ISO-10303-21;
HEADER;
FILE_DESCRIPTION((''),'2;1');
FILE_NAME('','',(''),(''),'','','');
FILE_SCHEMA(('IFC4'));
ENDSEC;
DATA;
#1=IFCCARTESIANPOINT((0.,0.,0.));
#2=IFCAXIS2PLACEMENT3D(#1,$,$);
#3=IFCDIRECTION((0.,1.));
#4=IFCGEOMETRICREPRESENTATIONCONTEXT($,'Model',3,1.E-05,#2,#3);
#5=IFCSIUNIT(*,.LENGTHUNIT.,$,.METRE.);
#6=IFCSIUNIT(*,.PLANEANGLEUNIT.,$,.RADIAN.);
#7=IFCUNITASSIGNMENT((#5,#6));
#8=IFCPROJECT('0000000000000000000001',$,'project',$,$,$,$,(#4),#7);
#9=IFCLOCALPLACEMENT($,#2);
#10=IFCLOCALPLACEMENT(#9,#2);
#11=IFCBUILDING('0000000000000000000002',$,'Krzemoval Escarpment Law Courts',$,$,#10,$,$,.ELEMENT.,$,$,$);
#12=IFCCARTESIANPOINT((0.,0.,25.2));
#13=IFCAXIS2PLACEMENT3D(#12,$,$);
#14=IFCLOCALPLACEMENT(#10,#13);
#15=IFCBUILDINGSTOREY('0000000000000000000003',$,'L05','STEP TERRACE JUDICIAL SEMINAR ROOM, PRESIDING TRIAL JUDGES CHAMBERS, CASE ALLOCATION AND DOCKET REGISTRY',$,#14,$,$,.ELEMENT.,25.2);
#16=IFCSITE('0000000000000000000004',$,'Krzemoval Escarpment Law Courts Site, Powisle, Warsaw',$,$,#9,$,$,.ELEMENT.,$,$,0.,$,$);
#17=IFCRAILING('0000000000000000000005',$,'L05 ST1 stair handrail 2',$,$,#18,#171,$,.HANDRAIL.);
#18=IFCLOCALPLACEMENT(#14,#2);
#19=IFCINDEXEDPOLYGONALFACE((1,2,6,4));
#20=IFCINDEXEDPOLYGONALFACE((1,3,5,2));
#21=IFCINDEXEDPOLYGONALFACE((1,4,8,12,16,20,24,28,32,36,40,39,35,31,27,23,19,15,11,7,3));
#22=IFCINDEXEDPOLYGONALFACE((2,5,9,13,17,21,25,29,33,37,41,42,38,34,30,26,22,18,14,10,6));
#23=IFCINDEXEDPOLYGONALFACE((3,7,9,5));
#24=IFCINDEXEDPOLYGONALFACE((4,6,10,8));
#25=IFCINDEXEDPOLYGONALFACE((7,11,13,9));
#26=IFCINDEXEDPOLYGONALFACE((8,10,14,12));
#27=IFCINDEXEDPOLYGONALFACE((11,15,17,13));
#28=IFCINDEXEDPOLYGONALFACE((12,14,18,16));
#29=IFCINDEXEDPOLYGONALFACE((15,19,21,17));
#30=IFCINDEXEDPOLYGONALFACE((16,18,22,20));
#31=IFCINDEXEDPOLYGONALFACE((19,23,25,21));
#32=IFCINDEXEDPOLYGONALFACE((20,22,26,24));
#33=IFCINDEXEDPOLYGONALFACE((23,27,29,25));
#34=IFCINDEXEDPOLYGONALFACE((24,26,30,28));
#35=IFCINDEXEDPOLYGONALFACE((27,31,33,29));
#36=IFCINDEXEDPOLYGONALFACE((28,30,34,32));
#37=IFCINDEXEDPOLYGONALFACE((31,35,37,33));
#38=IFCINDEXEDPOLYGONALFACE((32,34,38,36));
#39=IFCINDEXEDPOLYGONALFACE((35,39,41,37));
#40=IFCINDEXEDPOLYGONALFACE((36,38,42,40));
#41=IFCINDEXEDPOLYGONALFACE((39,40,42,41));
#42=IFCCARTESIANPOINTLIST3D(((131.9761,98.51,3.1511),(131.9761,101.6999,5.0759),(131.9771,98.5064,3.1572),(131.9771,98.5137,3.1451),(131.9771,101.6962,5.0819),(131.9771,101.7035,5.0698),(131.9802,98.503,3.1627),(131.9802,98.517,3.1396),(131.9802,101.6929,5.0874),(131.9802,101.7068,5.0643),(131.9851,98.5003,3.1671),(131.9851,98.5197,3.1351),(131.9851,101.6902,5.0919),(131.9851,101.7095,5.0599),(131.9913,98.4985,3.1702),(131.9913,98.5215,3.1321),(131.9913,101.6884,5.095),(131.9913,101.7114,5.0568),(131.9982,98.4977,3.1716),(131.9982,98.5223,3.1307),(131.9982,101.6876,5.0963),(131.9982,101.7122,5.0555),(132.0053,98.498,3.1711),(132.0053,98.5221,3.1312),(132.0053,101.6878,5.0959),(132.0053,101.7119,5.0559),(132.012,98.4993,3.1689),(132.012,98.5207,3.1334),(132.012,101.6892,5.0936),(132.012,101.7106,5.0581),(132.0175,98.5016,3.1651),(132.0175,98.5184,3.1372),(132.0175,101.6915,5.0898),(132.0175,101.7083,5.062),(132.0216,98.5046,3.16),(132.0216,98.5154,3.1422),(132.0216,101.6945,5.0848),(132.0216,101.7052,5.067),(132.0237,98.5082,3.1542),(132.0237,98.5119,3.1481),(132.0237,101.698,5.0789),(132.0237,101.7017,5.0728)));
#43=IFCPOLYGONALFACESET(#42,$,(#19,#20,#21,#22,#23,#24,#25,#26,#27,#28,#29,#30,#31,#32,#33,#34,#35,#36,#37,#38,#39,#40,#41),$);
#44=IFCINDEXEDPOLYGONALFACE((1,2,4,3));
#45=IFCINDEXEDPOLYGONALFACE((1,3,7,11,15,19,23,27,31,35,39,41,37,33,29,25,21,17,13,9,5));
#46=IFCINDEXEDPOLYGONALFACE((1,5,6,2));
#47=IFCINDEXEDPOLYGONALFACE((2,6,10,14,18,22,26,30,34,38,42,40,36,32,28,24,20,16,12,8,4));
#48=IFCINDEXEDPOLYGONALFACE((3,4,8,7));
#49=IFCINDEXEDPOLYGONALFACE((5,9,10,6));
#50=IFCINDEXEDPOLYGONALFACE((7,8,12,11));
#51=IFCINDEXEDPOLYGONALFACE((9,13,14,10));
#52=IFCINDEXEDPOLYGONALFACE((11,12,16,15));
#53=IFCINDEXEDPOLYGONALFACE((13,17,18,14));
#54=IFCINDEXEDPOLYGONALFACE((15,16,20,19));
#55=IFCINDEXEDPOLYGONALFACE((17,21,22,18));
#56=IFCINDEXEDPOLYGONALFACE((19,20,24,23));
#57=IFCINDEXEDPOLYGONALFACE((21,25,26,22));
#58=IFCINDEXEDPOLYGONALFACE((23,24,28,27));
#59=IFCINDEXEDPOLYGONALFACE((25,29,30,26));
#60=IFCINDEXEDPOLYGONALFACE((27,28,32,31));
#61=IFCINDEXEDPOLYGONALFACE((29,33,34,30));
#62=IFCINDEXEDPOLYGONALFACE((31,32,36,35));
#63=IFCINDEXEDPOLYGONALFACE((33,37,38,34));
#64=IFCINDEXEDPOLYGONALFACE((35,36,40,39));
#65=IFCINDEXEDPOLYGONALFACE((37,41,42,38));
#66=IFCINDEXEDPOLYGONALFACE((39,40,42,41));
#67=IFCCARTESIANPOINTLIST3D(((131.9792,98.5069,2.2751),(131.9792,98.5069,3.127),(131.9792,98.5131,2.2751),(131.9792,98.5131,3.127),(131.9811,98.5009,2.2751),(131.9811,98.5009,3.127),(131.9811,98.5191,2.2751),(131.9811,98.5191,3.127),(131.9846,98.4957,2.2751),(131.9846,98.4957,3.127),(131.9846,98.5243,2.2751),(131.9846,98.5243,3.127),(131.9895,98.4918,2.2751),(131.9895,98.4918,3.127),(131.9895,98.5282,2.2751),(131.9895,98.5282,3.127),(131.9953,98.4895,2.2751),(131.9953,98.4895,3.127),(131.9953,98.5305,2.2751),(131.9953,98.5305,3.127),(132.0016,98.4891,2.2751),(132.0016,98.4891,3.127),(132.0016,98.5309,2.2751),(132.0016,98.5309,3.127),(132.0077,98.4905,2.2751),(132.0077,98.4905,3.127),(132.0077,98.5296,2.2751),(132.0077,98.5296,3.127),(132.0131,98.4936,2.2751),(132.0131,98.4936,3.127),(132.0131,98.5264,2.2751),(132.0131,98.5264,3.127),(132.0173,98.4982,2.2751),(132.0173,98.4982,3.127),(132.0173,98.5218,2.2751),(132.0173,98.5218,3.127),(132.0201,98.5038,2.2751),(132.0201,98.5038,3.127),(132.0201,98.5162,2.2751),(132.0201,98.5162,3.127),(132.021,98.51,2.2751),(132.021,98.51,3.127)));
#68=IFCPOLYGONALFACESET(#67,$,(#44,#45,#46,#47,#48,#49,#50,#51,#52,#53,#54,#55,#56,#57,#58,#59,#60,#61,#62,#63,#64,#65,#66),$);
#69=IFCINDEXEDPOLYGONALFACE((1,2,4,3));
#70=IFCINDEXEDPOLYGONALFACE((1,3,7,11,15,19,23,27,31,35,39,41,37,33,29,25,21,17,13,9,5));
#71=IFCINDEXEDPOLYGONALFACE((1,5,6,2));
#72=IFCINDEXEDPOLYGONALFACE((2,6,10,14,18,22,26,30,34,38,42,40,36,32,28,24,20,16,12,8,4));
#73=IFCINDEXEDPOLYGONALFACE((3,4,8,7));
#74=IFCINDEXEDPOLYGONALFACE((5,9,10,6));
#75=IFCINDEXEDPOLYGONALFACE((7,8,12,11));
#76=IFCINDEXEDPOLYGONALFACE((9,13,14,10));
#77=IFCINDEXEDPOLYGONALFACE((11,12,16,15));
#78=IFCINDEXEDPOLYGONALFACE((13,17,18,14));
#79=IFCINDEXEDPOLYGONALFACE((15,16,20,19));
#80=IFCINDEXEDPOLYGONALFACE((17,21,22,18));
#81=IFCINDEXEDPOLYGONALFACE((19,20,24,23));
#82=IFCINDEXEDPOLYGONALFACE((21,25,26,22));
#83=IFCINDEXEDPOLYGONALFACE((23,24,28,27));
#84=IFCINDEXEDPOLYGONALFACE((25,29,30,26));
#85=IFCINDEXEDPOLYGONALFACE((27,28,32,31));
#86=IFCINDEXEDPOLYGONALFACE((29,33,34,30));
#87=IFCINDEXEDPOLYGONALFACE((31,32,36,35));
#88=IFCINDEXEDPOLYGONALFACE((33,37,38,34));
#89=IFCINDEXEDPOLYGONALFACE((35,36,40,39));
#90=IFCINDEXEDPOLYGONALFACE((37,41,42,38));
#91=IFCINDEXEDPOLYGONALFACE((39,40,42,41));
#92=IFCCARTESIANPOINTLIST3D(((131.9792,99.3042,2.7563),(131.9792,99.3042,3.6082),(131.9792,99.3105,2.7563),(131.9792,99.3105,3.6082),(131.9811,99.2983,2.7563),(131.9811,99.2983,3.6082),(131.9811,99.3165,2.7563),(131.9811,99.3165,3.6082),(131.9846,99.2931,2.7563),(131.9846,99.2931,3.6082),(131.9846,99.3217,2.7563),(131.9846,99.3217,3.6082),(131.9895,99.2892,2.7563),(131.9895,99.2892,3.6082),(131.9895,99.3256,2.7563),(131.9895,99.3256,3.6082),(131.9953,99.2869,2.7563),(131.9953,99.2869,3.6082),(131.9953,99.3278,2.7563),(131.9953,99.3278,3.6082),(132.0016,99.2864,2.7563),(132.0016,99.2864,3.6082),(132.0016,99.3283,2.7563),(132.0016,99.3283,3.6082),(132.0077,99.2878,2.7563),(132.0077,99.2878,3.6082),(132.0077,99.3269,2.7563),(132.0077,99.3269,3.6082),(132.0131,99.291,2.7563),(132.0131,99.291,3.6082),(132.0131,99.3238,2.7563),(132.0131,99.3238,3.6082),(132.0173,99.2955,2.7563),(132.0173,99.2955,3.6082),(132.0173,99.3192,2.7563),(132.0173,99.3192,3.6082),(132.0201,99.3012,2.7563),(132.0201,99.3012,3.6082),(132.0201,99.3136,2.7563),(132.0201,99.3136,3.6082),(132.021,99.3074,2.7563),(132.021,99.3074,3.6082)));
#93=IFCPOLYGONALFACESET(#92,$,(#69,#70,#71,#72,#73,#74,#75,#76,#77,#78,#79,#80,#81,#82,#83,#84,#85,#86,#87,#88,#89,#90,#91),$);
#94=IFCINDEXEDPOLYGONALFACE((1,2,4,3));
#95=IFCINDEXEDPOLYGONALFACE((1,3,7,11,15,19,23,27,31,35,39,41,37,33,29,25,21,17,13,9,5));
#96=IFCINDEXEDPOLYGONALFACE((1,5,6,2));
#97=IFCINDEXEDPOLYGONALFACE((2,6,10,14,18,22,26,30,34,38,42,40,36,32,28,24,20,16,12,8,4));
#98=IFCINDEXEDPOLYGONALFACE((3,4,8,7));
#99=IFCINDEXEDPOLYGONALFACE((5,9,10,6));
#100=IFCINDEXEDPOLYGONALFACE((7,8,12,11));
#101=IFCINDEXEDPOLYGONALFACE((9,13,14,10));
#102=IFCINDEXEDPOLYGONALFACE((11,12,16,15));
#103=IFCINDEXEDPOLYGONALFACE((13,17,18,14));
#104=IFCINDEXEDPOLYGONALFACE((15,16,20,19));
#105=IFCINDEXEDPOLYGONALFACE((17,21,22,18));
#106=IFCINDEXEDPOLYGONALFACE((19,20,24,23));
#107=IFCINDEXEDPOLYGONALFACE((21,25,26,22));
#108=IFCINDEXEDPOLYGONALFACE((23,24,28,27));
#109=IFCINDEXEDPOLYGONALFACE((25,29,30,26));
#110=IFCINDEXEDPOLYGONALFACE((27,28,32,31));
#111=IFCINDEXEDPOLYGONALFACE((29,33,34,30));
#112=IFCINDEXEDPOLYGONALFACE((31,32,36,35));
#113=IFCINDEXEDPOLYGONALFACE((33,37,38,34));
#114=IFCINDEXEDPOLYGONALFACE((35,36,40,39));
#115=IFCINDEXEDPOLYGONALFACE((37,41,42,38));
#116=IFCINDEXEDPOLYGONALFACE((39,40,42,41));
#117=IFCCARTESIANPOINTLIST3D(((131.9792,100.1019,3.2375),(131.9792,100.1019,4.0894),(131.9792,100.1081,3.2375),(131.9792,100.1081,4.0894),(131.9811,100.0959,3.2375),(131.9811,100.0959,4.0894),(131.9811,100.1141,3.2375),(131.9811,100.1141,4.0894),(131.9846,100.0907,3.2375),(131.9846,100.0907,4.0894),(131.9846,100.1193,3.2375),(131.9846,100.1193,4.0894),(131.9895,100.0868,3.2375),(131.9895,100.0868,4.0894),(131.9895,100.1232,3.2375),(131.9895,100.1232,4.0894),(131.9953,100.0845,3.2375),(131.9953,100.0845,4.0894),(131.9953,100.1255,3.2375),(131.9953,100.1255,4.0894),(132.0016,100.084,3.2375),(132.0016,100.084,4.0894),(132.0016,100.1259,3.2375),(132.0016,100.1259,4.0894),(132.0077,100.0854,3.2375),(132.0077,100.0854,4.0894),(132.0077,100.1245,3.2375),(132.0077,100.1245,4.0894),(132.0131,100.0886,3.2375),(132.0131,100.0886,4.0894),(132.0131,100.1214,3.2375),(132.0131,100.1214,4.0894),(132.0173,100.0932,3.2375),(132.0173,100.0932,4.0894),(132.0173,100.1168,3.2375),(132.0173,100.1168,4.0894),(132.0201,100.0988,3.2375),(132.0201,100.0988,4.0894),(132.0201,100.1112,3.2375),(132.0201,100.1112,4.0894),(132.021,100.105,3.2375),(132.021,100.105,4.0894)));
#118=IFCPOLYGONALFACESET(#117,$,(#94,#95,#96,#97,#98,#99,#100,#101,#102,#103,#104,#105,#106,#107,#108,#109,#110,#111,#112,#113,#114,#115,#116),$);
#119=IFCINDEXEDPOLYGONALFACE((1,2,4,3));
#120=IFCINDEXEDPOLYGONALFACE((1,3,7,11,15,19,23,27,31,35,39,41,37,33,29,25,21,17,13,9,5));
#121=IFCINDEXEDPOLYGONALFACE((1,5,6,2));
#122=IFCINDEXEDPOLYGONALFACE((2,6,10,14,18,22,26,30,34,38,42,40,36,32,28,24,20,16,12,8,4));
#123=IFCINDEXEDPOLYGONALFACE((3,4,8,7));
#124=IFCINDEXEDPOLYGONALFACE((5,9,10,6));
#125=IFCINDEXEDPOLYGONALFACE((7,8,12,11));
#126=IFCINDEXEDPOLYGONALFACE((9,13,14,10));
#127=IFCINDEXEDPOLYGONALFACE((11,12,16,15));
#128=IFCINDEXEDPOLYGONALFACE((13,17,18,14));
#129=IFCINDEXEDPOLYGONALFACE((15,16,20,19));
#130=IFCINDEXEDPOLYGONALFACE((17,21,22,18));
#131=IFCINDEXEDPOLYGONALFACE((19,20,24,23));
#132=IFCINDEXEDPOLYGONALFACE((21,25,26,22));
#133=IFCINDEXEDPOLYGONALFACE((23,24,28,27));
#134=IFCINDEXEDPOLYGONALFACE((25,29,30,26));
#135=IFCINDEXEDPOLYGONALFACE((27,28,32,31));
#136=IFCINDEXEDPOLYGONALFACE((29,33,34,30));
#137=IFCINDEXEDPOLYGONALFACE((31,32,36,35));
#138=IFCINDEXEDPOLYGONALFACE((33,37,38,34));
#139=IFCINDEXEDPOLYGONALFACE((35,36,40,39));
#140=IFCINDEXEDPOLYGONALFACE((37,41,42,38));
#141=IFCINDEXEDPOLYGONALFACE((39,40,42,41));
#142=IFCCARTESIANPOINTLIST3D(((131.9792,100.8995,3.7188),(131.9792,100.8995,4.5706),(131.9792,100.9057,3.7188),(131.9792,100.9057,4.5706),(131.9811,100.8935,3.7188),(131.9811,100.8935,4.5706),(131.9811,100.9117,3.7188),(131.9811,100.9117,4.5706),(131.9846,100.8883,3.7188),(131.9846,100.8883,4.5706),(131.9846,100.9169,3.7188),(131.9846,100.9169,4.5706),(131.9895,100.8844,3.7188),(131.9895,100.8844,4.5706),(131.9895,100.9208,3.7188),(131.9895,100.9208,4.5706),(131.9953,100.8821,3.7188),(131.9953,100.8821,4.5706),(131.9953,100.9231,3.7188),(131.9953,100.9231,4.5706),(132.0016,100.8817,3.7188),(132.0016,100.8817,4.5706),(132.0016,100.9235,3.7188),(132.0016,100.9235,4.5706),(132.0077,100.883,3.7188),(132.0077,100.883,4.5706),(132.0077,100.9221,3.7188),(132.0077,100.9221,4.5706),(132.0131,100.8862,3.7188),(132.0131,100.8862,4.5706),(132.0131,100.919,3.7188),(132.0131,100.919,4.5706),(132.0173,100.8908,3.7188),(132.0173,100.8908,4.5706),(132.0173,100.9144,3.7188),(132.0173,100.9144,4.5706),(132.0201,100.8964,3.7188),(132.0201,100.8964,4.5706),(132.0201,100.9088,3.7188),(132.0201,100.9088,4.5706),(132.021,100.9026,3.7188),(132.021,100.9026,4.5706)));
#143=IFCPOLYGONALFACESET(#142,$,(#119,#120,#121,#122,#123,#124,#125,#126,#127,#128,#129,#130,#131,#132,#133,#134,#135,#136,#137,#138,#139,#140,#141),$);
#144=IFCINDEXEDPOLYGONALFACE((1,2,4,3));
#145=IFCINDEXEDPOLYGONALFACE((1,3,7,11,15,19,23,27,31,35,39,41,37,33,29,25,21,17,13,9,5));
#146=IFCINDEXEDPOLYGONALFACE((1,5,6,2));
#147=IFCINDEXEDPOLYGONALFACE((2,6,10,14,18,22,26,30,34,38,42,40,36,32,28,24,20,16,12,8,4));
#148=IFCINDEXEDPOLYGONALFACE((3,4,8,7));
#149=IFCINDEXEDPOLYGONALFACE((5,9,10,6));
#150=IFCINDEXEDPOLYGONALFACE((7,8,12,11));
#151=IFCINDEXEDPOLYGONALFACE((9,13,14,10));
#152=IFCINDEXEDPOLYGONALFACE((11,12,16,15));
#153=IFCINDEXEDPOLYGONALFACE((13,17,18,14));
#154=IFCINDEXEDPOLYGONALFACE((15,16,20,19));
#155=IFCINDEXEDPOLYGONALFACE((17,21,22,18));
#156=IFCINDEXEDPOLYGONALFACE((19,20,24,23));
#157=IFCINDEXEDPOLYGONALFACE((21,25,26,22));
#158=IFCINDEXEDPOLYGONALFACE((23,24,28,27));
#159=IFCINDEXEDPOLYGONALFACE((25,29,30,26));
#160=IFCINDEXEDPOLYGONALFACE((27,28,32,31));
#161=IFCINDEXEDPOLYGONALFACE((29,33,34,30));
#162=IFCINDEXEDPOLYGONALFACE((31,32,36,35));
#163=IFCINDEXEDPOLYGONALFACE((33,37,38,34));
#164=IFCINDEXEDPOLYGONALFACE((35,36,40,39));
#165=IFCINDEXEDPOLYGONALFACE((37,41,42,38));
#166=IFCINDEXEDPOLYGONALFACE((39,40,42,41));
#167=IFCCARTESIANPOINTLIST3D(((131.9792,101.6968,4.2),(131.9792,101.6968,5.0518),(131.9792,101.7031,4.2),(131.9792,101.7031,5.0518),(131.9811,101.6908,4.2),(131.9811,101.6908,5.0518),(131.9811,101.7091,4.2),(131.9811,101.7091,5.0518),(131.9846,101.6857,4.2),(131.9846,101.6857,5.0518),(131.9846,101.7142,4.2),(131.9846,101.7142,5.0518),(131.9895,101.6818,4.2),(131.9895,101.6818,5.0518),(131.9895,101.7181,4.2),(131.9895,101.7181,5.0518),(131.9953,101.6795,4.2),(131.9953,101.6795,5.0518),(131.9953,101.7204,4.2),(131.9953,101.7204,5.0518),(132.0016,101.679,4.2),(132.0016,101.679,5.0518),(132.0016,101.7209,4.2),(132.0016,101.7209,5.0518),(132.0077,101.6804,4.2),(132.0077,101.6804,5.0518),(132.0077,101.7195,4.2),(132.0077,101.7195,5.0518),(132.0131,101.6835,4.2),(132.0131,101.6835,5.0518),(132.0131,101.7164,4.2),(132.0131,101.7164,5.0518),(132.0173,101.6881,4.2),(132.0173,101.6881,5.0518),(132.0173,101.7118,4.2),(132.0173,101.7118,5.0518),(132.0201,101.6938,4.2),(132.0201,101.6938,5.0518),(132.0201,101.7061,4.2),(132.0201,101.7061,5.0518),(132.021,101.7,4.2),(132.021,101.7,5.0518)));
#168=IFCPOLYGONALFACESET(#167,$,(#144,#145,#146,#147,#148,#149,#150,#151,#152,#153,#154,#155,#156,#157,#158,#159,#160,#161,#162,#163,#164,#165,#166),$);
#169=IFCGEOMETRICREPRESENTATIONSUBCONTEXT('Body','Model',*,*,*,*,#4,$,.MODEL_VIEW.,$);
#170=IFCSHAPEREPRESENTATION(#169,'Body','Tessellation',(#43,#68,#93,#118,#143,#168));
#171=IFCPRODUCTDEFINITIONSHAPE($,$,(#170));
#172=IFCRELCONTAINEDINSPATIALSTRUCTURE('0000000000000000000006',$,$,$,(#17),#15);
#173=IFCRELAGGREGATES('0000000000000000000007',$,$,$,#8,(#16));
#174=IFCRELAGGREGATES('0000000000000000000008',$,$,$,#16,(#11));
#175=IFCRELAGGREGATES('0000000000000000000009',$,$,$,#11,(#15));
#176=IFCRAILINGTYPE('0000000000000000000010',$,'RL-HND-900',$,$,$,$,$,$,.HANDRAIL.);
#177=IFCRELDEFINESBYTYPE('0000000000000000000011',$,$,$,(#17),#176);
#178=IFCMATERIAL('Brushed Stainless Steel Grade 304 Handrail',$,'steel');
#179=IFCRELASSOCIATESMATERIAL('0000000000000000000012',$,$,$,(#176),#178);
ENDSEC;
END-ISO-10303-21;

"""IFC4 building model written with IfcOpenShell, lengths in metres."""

from ifc_helpers import new_model, si_unit, direction, frame, origin, origin_2d, place, context, subcontext, project, spatial, circle, extrude, material, type_object, element, save


model = new_model("IFC4")

# Units and contexts
model_context = context("Model", 3, precision=1e-05, world=origin(), true_north=direction((0.0, 1.0)))
body_context = subcontext(model_context, "Body", "Model", "MODEL_VIEW")
ifc_project = project(units=[si_unit("LENGTHUNIT", "METRE"), si_unit("PLANEANGLEUNIT", "RADIAN")], contexts=[model_context])

# Site, building, storey
site_placement = place(None, origin())
site = spatial("IfcSite", under=ifc_project, at=site_placement, Name="Krzemoval Escarpment Law Courts Site, Powisle, Warsaw", CompositionType="ELEMENT", RefElevation=0.0)
building_placement = place(site_placement, origin())
building = spatial("IfcBuilding", under=site, at=building_placement, Name="Krzemoval Escarpment Law Courts", CompositionType="ELEMENT")
storey_placement = place(building_placement, frame((0.0, 0.0, 25.2)))
storey = spatial("IfcBuildingStorey", under=building, at=storey_placement, Name="L05", Description="STEP TERRACE JUDICIAL SEMINAR ROOM, PRESIDING TRIAL JUDGES CHAMBERS, CASE ALLOCATION AND DOCKET REGISTRY", CompositionType="ELEMENT", Elevation=25.2)

# Railing
ifc_material_1 = material(Name="Brushed Stainless Steel Grade 304 Handrail", Category="steel")
railing_type_1 = type_object("IfcRailingType", Name="RL-HND-900", PredefinedType="HANDRAIL", material=ifc_material_1)
railing_1_placement = place(storey_placement, frame((132.0, 98.51, 2.2751)))
element("IfcRailing", 1, at=railing_1_placement, inside=storey, type_object=railing_type_1, Name="L05 ST1 stair handrail 2", PredefinedType="HANDRAIL", context=body_context, shape_type="SweptSolid", body=[
    extrude(circle(Radius=0.0239, at=origin_2d()), frame((0.0, 0.0, 0.876), z_axis=(0.0, 0.856207, 0.516633), x_axis=(-1.0, 0.0, 0.0)), (0.0, 0.0, 1.0), 3.7256),
    extrude(circle(Radius=0.021, at=origin_2d()), origin(), (0.0, 0.0, 1.0), 0.8518),
    extrude(circle(Radius=0.021, at=origin_2d()), frame((0.0, 0.7974, 0.4812)), (0.0, 0.0, 1.0), 0.8518),
    extrude(circle(Radius=0.021, at=origin_2d()), frame((0.0, 1.595, 0.9624)), (0.0, 0.0, 1.0), 0.8518),
    extrude(circle(Radius=0.021, at=origin_2d()), frame((0.0, 2.3926, 1.4436)), (0.0, 0.0, 1.0), 0.8518),
    extrude(circle(Radius=0.021, at=origin_2d()), frame((0.0, 3.1899, 1.9248)), (0.0, 0.0, 1.0), 0.8518),
])

save(model, "model.ifc")
